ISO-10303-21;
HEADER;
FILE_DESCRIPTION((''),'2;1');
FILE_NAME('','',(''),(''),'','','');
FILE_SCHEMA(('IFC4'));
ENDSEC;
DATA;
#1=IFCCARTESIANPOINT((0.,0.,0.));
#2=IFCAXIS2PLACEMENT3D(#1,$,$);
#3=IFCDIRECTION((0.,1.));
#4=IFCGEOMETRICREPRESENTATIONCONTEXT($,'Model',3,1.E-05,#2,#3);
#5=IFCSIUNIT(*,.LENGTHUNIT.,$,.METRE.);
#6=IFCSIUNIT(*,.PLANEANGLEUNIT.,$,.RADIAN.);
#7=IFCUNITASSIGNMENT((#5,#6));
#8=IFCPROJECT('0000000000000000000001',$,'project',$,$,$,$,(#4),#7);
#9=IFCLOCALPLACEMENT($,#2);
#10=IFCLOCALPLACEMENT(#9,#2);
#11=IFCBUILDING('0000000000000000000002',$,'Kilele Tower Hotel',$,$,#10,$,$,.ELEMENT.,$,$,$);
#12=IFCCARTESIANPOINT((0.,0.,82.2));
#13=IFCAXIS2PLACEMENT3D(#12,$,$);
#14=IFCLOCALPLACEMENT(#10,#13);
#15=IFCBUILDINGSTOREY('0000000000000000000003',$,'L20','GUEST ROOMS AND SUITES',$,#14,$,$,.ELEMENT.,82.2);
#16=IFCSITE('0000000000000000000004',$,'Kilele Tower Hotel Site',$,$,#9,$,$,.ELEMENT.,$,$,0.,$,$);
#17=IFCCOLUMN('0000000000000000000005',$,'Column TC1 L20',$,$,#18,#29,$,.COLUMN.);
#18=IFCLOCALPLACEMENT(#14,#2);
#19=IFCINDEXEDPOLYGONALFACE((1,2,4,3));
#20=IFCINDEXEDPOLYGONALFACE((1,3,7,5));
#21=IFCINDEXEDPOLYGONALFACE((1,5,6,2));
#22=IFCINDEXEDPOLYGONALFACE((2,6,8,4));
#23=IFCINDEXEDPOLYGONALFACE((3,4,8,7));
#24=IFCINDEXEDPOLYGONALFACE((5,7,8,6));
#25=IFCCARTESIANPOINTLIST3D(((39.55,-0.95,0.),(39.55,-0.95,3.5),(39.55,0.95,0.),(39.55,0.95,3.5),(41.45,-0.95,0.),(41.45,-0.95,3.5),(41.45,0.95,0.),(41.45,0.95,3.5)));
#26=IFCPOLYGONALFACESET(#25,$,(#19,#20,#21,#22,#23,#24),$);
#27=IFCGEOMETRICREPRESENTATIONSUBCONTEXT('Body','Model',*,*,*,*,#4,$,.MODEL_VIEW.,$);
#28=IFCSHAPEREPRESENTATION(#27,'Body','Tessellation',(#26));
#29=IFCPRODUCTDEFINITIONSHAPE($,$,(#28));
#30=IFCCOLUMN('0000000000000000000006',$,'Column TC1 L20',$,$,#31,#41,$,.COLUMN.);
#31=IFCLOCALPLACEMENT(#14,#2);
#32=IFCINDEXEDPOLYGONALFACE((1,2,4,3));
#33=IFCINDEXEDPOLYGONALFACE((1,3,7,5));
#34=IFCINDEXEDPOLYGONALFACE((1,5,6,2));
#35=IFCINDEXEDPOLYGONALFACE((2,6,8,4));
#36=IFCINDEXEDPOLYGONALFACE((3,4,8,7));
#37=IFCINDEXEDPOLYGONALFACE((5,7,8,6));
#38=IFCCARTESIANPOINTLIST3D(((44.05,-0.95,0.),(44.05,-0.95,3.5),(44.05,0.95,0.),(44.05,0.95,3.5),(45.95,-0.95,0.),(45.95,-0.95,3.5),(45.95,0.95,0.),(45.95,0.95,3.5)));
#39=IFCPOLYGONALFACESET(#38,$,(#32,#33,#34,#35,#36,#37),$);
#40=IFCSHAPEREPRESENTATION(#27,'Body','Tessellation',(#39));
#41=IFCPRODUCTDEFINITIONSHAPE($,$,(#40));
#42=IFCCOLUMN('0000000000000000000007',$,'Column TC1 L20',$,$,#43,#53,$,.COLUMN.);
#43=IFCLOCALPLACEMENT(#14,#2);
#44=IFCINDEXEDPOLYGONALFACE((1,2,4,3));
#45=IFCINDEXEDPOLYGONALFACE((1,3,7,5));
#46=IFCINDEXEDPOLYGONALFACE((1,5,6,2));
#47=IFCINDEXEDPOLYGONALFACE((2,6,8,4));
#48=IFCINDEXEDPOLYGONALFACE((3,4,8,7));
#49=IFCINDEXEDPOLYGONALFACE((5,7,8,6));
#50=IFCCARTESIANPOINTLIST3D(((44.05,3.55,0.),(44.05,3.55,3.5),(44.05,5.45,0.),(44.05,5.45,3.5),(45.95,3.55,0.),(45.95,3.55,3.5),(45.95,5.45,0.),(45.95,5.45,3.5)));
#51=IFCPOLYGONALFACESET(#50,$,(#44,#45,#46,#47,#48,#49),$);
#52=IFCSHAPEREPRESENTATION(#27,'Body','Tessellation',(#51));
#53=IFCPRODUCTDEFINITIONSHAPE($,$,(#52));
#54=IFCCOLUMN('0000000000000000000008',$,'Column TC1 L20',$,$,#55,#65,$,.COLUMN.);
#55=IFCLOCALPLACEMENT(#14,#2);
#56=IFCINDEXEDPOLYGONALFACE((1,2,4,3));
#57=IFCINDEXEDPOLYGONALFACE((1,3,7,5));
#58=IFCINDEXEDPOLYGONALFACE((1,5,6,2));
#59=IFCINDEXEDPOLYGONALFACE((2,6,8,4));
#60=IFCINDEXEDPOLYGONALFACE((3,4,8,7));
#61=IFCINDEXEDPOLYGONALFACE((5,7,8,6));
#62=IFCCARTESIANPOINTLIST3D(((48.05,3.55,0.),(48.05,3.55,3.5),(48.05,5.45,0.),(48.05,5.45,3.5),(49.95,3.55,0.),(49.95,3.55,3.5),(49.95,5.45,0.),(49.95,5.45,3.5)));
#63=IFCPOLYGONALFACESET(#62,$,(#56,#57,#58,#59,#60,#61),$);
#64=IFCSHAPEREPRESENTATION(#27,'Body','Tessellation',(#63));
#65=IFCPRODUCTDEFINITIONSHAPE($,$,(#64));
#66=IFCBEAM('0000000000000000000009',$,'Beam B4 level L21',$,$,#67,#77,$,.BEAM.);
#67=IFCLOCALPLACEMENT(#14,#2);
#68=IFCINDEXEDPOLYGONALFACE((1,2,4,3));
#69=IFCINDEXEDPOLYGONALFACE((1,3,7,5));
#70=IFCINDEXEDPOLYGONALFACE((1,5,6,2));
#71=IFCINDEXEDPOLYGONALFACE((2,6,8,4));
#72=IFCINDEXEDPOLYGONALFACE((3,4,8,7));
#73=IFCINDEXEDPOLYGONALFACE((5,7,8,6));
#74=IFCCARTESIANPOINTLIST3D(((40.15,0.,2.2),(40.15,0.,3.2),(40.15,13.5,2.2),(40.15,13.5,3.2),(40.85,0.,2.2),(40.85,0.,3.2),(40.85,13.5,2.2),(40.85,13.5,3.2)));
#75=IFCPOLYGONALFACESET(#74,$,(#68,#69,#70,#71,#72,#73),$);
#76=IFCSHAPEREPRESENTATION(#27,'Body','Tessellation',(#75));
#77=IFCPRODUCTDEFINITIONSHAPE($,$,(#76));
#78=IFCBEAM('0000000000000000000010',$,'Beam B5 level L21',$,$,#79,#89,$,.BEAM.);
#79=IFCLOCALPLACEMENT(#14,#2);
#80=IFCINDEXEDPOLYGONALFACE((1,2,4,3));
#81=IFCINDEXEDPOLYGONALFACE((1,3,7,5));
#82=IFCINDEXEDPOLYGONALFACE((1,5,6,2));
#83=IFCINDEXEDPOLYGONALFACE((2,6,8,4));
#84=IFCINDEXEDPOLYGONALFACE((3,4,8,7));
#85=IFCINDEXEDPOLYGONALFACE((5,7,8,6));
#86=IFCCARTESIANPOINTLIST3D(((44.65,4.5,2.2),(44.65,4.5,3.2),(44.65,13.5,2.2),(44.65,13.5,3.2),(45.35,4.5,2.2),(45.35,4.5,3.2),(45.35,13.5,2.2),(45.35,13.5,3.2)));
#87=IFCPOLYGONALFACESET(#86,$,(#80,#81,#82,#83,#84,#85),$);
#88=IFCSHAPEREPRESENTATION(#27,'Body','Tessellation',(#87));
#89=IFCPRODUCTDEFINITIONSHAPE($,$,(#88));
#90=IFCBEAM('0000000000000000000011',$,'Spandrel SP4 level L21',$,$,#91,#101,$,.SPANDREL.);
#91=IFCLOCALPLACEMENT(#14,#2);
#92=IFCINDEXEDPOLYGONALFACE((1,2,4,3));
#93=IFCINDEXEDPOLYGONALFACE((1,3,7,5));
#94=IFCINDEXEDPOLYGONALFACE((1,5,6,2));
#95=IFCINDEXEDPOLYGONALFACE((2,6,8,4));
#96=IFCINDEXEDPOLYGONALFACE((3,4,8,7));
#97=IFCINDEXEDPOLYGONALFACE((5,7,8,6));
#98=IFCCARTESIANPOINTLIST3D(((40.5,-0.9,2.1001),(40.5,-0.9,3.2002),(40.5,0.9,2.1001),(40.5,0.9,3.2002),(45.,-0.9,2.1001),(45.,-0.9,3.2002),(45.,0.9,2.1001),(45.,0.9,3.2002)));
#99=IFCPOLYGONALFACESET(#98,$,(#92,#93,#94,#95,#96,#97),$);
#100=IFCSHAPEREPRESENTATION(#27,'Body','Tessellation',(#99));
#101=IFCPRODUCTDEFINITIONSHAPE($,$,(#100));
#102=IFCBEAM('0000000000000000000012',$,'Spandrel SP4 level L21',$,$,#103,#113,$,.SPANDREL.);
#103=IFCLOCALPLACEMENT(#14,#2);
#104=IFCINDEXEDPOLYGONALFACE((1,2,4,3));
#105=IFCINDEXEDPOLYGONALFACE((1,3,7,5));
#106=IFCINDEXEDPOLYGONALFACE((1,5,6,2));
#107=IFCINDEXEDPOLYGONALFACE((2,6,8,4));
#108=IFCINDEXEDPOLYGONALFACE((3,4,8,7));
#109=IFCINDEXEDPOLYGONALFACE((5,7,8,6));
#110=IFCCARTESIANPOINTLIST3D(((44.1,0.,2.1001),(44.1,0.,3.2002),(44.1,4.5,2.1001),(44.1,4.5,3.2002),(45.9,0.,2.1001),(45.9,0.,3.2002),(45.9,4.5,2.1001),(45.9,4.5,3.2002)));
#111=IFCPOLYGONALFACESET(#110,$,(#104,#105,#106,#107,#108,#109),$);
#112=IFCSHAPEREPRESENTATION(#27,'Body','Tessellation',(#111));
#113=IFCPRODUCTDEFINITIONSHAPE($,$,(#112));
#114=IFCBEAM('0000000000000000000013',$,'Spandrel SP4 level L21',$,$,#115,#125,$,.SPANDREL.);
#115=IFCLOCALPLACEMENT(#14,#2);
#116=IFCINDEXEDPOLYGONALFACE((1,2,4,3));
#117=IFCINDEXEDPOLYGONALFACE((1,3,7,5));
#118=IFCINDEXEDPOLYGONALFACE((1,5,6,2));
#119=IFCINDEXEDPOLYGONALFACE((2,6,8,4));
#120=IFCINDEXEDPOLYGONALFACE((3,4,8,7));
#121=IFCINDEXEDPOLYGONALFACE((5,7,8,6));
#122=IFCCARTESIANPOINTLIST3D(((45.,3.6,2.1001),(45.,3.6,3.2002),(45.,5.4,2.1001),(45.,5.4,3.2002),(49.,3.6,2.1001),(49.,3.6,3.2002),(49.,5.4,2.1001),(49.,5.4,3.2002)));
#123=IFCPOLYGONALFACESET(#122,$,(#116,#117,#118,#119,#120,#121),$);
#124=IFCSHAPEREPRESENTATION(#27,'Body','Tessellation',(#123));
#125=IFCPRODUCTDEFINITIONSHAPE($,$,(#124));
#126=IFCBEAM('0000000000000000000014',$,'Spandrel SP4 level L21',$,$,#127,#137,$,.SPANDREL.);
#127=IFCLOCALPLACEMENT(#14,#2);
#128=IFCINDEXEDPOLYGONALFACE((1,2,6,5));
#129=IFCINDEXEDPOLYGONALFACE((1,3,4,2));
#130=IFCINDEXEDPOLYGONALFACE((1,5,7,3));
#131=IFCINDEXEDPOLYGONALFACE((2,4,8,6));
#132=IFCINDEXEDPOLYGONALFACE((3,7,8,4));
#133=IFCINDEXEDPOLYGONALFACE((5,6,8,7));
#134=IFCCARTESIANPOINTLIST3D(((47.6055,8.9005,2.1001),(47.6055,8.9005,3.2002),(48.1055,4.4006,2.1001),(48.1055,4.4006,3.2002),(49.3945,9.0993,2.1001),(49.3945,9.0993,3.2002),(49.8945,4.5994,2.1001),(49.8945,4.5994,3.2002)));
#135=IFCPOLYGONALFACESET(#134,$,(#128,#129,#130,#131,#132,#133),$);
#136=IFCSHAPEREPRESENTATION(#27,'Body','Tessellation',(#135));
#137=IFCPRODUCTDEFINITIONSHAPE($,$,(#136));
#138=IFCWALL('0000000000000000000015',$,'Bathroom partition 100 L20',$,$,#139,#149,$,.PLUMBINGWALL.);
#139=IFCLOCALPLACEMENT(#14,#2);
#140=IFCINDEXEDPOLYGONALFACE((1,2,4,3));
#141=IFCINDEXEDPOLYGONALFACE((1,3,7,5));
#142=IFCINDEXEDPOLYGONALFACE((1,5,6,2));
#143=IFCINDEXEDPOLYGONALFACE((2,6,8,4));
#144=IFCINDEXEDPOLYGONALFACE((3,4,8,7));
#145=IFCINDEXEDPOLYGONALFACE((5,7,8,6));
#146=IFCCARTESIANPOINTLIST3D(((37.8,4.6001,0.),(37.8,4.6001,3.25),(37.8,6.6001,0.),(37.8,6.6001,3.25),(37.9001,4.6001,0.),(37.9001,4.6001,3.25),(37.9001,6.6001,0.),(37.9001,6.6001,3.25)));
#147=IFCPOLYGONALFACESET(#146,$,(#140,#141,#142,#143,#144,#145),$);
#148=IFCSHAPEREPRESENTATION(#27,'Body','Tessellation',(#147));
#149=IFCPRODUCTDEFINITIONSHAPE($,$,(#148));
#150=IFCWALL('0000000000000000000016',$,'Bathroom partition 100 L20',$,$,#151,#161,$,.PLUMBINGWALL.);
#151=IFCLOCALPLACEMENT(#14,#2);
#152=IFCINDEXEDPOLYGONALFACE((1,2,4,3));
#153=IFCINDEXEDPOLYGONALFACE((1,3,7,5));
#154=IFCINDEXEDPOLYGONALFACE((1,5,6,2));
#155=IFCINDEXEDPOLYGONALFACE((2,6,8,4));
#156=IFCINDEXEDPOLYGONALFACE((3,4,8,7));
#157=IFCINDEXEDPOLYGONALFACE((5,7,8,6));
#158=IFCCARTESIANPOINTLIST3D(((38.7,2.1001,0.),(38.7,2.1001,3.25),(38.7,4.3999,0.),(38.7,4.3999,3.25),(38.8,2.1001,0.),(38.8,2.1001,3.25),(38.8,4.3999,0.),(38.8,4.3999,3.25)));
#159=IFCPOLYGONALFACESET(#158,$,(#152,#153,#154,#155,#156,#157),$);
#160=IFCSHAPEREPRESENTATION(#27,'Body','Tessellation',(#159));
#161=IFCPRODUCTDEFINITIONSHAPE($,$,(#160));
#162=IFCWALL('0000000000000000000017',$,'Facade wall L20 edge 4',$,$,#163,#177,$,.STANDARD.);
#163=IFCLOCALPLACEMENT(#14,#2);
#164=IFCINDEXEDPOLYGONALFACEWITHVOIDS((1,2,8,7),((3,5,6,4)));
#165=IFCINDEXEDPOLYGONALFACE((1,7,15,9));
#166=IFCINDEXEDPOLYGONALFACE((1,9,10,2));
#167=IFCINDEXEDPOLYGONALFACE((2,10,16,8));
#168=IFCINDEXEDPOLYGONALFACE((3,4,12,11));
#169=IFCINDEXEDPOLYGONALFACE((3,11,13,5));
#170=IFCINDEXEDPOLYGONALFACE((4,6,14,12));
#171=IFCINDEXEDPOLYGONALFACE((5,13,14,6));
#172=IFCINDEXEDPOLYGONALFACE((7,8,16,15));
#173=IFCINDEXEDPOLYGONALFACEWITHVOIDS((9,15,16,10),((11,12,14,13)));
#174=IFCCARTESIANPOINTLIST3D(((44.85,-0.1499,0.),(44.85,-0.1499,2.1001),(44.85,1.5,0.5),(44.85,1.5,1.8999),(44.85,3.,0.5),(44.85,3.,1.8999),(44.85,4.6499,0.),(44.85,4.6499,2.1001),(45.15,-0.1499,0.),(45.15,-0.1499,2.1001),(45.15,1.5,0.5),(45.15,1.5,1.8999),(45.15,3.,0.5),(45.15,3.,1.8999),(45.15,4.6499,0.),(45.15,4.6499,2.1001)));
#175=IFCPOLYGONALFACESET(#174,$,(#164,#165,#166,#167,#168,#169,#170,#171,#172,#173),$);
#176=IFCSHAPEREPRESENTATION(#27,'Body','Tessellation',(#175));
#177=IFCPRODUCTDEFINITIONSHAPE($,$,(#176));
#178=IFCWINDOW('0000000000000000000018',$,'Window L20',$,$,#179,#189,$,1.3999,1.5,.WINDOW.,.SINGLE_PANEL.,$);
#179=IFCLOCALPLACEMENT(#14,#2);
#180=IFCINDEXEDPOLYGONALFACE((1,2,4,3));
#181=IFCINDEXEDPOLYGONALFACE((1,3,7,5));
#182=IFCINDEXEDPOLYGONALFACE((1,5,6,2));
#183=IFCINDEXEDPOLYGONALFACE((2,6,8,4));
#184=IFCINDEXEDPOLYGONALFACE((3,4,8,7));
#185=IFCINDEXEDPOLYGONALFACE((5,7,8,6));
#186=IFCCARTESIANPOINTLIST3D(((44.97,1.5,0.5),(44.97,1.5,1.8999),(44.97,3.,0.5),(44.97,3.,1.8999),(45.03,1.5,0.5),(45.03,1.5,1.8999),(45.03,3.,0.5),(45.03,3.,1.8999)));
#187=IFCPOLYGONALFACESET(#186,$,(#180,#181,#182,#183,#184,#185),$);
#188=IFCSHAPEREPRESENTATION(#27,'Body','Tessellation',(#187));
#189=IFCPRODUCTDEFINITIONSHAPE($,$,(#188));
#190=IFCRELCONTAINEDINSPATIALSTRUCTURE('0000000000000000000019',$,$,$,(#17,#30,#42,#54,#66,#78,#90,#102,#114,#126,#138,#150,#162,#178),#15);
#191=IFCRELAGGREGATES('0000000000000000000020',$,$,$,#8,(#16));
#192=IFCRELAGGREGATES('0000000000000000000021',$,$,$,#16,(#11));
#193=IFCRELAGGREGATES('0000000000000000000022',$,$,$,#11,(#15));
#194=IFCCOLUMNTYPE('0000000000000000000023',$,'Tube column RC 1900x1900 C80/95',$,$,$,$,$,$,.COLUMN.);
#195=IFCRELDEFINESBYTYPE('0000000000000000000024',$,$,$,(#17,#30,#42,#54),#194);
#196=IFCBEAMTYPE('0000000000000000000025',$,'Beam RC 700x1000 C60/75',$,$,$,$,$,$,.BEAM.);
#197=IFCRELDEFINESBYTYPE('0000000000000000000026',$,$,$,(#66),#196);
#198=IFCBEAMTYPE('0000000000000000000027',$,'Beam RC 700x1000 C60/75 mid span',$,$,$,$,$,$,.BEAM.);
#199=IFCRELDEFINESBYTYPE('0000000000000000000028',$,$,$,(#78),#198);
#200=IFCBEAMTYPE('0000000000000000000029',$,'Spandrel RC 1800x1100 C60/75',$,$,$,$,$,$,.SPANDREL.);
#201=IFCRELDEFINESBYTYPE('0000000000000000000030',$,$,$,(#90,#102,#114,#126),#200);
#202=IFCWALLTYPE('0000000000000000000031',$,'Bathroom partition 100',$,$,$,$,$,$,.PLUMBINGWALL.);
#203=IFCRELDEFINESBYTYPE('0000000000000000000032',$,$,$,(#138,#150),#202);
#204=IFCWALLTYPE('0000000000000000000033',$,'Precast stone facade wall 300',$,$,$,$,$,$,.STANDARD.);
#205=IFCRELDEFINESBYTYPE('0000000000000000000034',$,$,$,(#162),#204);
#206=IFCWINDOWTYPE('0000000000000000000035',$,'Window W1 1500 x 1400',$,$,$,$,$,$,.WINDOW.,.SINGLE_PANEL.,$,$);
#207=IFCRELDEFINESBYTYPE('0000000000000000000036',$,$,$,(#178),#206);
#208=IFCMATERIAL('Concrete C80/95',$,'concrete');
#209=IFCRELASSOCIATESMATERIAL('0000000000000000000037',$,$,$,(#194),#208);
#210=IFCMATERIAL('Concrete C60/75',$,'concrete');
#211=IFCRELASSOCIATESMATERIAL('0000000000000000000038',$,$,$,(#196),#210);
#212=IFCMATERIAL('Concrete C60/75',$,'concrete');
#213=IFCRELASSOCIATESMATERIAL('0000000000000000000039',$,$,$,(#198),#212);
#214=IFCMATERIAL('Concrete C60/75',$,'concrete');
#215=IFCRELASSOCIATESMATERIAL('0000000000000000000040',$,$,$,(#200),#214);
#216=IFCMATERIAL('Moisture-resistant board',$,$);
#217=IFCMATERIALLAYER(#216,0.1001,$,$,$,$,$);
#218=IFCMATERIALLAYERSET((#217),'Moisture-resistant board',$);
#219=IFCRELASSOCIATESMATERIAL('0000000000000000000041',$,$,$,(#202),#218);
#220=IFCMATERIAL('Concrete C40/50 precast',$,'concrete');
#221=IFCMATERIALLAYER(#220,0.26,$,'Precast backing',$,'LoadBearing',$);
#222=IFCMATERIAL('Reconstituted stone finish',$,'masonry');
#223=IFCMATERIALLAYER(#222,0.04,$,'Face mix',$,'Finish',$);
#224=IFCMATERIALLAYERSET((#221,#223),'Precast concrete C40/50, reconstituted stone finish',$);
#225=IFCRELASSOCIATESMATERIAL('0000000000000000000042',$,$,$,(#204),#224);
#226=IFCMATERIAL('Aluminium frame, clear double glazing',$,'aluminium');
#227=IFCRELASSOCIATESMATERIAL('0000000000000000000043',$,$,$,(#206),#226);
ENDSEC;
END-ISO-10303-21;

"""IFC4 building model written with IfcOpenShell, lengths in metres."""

from ifc_helpers import new_model, si_unit, direction, frame, frame_2d, origin, origin_2d, place, context, subcontext, project, spatial, rectangle, extrude, material, layer, layer_set, material_profile, profile_set, type_object, element, fill, save


model = new_model("IFC4")

# Units and contexts
model_context = context("Model", 3, precision=1e-05, world=origin(), true_north=direction((0.0, 1.0)))
body_context = subcontext(model_context, "Body", "Model", "MODEL_VIEW")
ifc_project = project(units=[si_unit("LENGTHUNIT", "METRE"), si_unit("PLANEANGLEUNIT", "RADIAN")], contexts=[model_context])

# Site, building, storey
site_placement = place(None, origin())
site = spatial("IfcSite", under=ifc_project, at=site_placement, Name="Kilele Tower Hotel Site", CompositionType="ELEMENT", RefElevation=0.0)
building_placement = place(site_placement, origin())
building = spatial("IfcBuilding", under=site, at=building_placement, Name="Kilele Tower Hotel", CompositionType="ELEMENT")
storey_placement = place(building_placement, frame((0.0, 0.0, 82.2)))
storey = spatial("IfcBuildingStorey", under=building, at=storey_placement, Name="L20", Description="GUEST ROOMS AND SUITES", CompositionType="ELEMENT", Elevation=82.2)

# Columns
ifc_material_1 = material(Name="Concrete C80/95", Category="concrete")
ifc_material_profile_1 = material_profile(ifc_material_1, rectangle(XDim=1.8999, YDim=1.8999, at=origin_2d()))
ifc_profile_set_1 = profile_set([ifc_material_profile_1], Name="Concrete C80/95")
column_type = type_object("IfcColumnType", Name="Tube column RC 1900x1900 C80/95", PredefinedType="COLUMN", material=ifc_profile_set_1)
for number, where, z_axis, x_axis, name in (
    (1, (40.5, 0.0, 0.0), (0.0, 0.0, 1.0), (1.0, 0.0, 0.0), "Column TC1 L20"),
    (2, (45.0, 0.0, 0.0), (0.0, 0.0, 1.0), (1.0, 0.0, 0.0), "Column TC1 L20"),
    (3, (45.0, 4.5, 0.0), (0.0, 0.0, 1.0), (1.0, 0.0, 0.0), "Column TC1 L20"),
    (4, (49.0, 4.5, 0.0), (0.0, 0.0, 1.0), (1.0, 0.0, 0.0), "Column TC1 L20"),
):
    element("IfcColumn", number, at=place(storey_placement, frame(where, z_axis=z_axis, x_axis=x_axis)), inside=storey, type_object=column_type, Name=name, PredefinedType="COLUMN", context=body_context, shape_type="SweptSolid", body=[
        extrude(rectangle(XDim=1.8999, YDim=1.8999, at=origin_2d()), origin(), (0.0, 0.0, 1.0), 3.5),
    ])

# Beams
ifc_material_2 = material(Name="Concrete C60/75", Category="concrete")
ifc_material_profile_2 = material_profile(ifc_material_2, rectangle(XDim=0.7, YDim=1.0, at=origin_2d()))
ifc_profile_set_2 = profile_set([ifc_material_profile_2], Name="Concrete C60/75")
beam_type_1 = type_object("IfcBeamType", Name="Beam RC 700x1000 C60/75", PredefinedType="BEAM", material=ifc_profile_set_2)
beam_1_placement = place(storey_placement, frame((40.5, 0.0, 2.7), z_axis=(0.0, 1.0, 0.0), x_axis=(-1.0, 0.0, 0.0)))
element("IfcBeam", 5, at=beam_1_placement, inside=storey, type_object=beam_type_1, Name="Beam B4 level L21", PredefinedType="BEAM", context=body_context, shape_type="SweptSolid", body=[
    extrude(rectangle(XDim=0.7, YDim=1.0, at=origin_2d()), origin(), (0.0, 0.0, 1.0), 13.5),
])
ifc_material_3 = material(Name="Concrete C60/75", Category="concrete")
ifc_material_profile_3 = material_profile(ifc_material_3, rectangle(XDim=0.7, YDim=1.0, at=origin_2d()))
ifc_profile_set_3 = profile_set([ifc_material_profile_3], Name="Concrete C60/75")
beam_type_2 = type_object("IfcBeamType", Name="Beam RC 700x1000 C60/75 mid span", PredefinedType="BEAM", material=ifc_profile_set_3)
beam_2_placement = place(storey_placement, frame((45.0, 4.5, 2.7), z_axis=(0.0, 1.0, 0.0), x_axis=(-1.0, 0.0, 0.0)))
element("IfcBeam", 6, at=beam_2_placement, inside=storey, type_object=beam_type_2, Name="Beam B5 level L21", PredefinedType="BEAM", context=body_context, shape_type="SweptSolid", body=[
    extrude(rectangle(XDim=0.7, YDim=1.0, at=origin_2d()), origin(), (0.0, 0.0, 1.0), 9.0),
])
ifc_material_4 = material(Name="Concrete C60/75", Category="concrete")
ifc_material_profile_4 = material_profile(ifc_material_4, rectangle(XDim=1.8, YDim=1.1001, at=origin_2d()))
ifc_profile_set_4 = profile_set([ifc_material_profile_4], Name="Concrete C60/75")
beam_type_3 = type_object("IfcBeamType", Name="Spandrel RC 1800x1100 C60/75", PredefinedType="SPANDREL", material=ifc_profile_set_4)
for number, where, z_axis, x_axis, name in (
    (7, (40.5, 0.0, 2.6501), (1.0, 0.0, 0.0), (0.0, 1.0, 0.0), "Spandrel SP4 level L21"),
    (8, (45.0, 0.0, 2.6501), (0.0, 1.0, 0.0), (-1.0, 0.0, 0.0), "Spandrel SP4 level L21"),
):
    element("IfcBeam", number, at=place(storey_placement, frame(where, z_axis=z_axis, x_axis=x_axis)), inside=storey, type_object=beam_type_3, Name=name, PredefinedType="SPANDREL", context=body_context, shape_type="SweptSolid", body=[
        extrude(rectangle(XDim=1.8, YDim=1.1001, at=origin_2d()), origin(), (0.0, 0.0, 1.0), 4.5),
    ])
beam_3_placement = place(storey_placement, frame((45.0, 4.5, 2.6501), z_axis=(1.0, 0.0, 0.0), x_axis=(0.0, 1.0, 0.0)))
element("IfcBeam", 9, at=beam_3_placement, inside=storey, type_object=beam_type_3, Name="Spandrel SP4 level L21", PredefinedType="SPANDREL", context=body_context, shape_type="SweptSolid", body=[
    extrude(rectangle(XDim=1.8, YDim=1.1001, at=origin_2d()), origin(), (0.0, 0.0, 1.0), 4.0),
])
beam_4_placement = place(storey_placement, frame((49.0, 4.5, 2.6501), z_axis=(-0.110432, 0.993884, 0.0), x_axis=(-0.993884, -0.110432, 0.0)))
element("IfcBeam", 10, at=beam_4_placement, inside=storey, type_object=beam_type_3, Name="Spandrel SP4 level L21", PredefinedType="SPANDREL", context=body_context, shape_type="SweptSolid", body=[
    extrude(rectangle(XDim=1.8, YDim=1.1001, at=origin_2d()), origin(), (0.0, 0.0, 1.0), 4.5276),
])

# Walls
ifc_material_5 = material(Name="Moisture-resistant board")
ifc_layer_1 = layer(ifc_material_5, 0.1001)
ifc_layer_set_1 = layer_set([ifc_layer_1], Name="Moisture-resistant board")
wall_type_1 = type_object("IfcWallType", Name="Bathroom partition 100", PredefinedType="PLUMBINGWALL", material=ifc_layer_set_1)
wall_1_placement = place(storey_placement, frame((37.8501, 4.6001, 0.0), z_axis=(0.0, 0.0, 1.0), x_axis=(0.0, 1.0, 0.0)))
element("IfcWall", 11, at=wall_1_placement, inside=storey, type_object=wall_type_1, Name="Bathroom partition 100 L20", PredefinedType="PLUMBINGWALL", context=body_context, shape_type="SweptSolid", body=[
    extrude(rectangle(XDim=2.0, YDim=0.1001, at=frame_2d((1.0, 0.0))), origin(), (0.0, 0.0, 1.0), 3.25),
])
wall_2_placement = place(storey_placement, frame((38.75, 4.3999, 0.0), z_axis=(0.0, 0.0, 1.0), x_axis=(0.0, -1.0, 0.0)))
element("IfcWall", 12, at=wall_2_placement, inside=storey, type_object=wall_type_1, Name="Bathroom partition 100 L20", PredefinedType="PLUMBINGWALL", context=body_context, shape_type="SweptSolid", body=[
    extrude(rectangle(XDim=2.2998, YDim=0.1001, at=frame_2d((1.1499, 0.0))), origin(), (0.0, 0.0, 1.0), 3.25),
])

# Wall, opening, window
ifc_material_6 = material(Name="Concrete C40/50 precast", Category="concrete")
ifc_layer_2 = layer(ifc_material_6, 0.26, Name="Precast backing", Category="LoadBearing")
ifc_material_7 = material(Name="Reconstituted stone finish", Category="masonry")
ifc_layer_3 = layer(ifc_material_7, 0.04, Name="Face mix", Category="Finish")
ifc_layer_set_2 = layer_set([ifc_layer_2, ifc_layer_3], Name="Precast concrete C40/50, reconstituted stone finish")
wall_type_2 = type_object("IfcWallType", Name="Precast stone facade wall 300", PredefinedType="STANDARD", material=ifc_layer_set_2)
wall_3_placement = place(storey_placement, frame((45.0, -0.1499, 0.0), z_axis=(0.0, 0.0, 1.0), x_axis=(0.0, 1.0, 0.0)))
wall_3 = element("IfcWall", 13, at=wall_3_placement, inside=storey, type_object=wall_type_2, Name="Facade wall L20 edge 4", PredefinedType="STANDARD", context=body_context, shape_type="SweptSolid", body=[
    extrude(rectangle(XDim=4.7998, YDim=0.3, at=frame_2d((2.3999, 0.0))), origin(), (0.0, 0.0, 1.0), 2.1001),
])
opening_1_placement = place(wall_3_placement, frame((1.6499, 0.0, 0.5)))
opening_1 = element("IfcOpeningElement", 14, at=opening_1_placement, cuts=wall_3, PredefinedType="OPENING", context=body_context, shape_type="SweptSolid", body=[
    extrude(rectangle(XDim=1.5, YDim=1.3999, at=frame_2d((0.75, 0.7))), frame((0.0, 0.1599, 0.0), z_axis=(0.0, -1.0, 0.0), x_axis=(1.0, 0.0, 0.0)), (0.0, 0.0, 1.0), 0.3201),
])
ifc_material_8 = material(Name="Aluminium frame, clear double glazing", Category="aluminium")
window_type = type_object("IfcWindowType", Name="Window W1 1500 x 1400", PartitioningType="SINGLE_PANEL", PredefinedType="WINDOW", material=ifc_material_8)
window_1_placement = place(opening_1_placement, origin())
window_1 = element("IfcWindow", 15, at=window_1_placement, inside=storey, type_object=window_type, Name="Window L20", OverallHeight=1.3999, OverallWidth=1.5, PartitioningType="SINGLE_PANEL", PredefinedType="WINDOW", context=body_context, shape_type="SweptSolid", body=[
    extrude(rectangle(XDim=1.5, YDim=1.3999, at=frame_2d((0.75, 0.7))), frame((0.0, 0.03, 0.0), z_axis=(0.0, -1.0, 0.0), x_axis=(1.0, 0.0, 0.0)), (0.0, 0.0, 1.0), 0.0601),
])
fill(opening_1, window_1)

save(model, "model.ifc")
